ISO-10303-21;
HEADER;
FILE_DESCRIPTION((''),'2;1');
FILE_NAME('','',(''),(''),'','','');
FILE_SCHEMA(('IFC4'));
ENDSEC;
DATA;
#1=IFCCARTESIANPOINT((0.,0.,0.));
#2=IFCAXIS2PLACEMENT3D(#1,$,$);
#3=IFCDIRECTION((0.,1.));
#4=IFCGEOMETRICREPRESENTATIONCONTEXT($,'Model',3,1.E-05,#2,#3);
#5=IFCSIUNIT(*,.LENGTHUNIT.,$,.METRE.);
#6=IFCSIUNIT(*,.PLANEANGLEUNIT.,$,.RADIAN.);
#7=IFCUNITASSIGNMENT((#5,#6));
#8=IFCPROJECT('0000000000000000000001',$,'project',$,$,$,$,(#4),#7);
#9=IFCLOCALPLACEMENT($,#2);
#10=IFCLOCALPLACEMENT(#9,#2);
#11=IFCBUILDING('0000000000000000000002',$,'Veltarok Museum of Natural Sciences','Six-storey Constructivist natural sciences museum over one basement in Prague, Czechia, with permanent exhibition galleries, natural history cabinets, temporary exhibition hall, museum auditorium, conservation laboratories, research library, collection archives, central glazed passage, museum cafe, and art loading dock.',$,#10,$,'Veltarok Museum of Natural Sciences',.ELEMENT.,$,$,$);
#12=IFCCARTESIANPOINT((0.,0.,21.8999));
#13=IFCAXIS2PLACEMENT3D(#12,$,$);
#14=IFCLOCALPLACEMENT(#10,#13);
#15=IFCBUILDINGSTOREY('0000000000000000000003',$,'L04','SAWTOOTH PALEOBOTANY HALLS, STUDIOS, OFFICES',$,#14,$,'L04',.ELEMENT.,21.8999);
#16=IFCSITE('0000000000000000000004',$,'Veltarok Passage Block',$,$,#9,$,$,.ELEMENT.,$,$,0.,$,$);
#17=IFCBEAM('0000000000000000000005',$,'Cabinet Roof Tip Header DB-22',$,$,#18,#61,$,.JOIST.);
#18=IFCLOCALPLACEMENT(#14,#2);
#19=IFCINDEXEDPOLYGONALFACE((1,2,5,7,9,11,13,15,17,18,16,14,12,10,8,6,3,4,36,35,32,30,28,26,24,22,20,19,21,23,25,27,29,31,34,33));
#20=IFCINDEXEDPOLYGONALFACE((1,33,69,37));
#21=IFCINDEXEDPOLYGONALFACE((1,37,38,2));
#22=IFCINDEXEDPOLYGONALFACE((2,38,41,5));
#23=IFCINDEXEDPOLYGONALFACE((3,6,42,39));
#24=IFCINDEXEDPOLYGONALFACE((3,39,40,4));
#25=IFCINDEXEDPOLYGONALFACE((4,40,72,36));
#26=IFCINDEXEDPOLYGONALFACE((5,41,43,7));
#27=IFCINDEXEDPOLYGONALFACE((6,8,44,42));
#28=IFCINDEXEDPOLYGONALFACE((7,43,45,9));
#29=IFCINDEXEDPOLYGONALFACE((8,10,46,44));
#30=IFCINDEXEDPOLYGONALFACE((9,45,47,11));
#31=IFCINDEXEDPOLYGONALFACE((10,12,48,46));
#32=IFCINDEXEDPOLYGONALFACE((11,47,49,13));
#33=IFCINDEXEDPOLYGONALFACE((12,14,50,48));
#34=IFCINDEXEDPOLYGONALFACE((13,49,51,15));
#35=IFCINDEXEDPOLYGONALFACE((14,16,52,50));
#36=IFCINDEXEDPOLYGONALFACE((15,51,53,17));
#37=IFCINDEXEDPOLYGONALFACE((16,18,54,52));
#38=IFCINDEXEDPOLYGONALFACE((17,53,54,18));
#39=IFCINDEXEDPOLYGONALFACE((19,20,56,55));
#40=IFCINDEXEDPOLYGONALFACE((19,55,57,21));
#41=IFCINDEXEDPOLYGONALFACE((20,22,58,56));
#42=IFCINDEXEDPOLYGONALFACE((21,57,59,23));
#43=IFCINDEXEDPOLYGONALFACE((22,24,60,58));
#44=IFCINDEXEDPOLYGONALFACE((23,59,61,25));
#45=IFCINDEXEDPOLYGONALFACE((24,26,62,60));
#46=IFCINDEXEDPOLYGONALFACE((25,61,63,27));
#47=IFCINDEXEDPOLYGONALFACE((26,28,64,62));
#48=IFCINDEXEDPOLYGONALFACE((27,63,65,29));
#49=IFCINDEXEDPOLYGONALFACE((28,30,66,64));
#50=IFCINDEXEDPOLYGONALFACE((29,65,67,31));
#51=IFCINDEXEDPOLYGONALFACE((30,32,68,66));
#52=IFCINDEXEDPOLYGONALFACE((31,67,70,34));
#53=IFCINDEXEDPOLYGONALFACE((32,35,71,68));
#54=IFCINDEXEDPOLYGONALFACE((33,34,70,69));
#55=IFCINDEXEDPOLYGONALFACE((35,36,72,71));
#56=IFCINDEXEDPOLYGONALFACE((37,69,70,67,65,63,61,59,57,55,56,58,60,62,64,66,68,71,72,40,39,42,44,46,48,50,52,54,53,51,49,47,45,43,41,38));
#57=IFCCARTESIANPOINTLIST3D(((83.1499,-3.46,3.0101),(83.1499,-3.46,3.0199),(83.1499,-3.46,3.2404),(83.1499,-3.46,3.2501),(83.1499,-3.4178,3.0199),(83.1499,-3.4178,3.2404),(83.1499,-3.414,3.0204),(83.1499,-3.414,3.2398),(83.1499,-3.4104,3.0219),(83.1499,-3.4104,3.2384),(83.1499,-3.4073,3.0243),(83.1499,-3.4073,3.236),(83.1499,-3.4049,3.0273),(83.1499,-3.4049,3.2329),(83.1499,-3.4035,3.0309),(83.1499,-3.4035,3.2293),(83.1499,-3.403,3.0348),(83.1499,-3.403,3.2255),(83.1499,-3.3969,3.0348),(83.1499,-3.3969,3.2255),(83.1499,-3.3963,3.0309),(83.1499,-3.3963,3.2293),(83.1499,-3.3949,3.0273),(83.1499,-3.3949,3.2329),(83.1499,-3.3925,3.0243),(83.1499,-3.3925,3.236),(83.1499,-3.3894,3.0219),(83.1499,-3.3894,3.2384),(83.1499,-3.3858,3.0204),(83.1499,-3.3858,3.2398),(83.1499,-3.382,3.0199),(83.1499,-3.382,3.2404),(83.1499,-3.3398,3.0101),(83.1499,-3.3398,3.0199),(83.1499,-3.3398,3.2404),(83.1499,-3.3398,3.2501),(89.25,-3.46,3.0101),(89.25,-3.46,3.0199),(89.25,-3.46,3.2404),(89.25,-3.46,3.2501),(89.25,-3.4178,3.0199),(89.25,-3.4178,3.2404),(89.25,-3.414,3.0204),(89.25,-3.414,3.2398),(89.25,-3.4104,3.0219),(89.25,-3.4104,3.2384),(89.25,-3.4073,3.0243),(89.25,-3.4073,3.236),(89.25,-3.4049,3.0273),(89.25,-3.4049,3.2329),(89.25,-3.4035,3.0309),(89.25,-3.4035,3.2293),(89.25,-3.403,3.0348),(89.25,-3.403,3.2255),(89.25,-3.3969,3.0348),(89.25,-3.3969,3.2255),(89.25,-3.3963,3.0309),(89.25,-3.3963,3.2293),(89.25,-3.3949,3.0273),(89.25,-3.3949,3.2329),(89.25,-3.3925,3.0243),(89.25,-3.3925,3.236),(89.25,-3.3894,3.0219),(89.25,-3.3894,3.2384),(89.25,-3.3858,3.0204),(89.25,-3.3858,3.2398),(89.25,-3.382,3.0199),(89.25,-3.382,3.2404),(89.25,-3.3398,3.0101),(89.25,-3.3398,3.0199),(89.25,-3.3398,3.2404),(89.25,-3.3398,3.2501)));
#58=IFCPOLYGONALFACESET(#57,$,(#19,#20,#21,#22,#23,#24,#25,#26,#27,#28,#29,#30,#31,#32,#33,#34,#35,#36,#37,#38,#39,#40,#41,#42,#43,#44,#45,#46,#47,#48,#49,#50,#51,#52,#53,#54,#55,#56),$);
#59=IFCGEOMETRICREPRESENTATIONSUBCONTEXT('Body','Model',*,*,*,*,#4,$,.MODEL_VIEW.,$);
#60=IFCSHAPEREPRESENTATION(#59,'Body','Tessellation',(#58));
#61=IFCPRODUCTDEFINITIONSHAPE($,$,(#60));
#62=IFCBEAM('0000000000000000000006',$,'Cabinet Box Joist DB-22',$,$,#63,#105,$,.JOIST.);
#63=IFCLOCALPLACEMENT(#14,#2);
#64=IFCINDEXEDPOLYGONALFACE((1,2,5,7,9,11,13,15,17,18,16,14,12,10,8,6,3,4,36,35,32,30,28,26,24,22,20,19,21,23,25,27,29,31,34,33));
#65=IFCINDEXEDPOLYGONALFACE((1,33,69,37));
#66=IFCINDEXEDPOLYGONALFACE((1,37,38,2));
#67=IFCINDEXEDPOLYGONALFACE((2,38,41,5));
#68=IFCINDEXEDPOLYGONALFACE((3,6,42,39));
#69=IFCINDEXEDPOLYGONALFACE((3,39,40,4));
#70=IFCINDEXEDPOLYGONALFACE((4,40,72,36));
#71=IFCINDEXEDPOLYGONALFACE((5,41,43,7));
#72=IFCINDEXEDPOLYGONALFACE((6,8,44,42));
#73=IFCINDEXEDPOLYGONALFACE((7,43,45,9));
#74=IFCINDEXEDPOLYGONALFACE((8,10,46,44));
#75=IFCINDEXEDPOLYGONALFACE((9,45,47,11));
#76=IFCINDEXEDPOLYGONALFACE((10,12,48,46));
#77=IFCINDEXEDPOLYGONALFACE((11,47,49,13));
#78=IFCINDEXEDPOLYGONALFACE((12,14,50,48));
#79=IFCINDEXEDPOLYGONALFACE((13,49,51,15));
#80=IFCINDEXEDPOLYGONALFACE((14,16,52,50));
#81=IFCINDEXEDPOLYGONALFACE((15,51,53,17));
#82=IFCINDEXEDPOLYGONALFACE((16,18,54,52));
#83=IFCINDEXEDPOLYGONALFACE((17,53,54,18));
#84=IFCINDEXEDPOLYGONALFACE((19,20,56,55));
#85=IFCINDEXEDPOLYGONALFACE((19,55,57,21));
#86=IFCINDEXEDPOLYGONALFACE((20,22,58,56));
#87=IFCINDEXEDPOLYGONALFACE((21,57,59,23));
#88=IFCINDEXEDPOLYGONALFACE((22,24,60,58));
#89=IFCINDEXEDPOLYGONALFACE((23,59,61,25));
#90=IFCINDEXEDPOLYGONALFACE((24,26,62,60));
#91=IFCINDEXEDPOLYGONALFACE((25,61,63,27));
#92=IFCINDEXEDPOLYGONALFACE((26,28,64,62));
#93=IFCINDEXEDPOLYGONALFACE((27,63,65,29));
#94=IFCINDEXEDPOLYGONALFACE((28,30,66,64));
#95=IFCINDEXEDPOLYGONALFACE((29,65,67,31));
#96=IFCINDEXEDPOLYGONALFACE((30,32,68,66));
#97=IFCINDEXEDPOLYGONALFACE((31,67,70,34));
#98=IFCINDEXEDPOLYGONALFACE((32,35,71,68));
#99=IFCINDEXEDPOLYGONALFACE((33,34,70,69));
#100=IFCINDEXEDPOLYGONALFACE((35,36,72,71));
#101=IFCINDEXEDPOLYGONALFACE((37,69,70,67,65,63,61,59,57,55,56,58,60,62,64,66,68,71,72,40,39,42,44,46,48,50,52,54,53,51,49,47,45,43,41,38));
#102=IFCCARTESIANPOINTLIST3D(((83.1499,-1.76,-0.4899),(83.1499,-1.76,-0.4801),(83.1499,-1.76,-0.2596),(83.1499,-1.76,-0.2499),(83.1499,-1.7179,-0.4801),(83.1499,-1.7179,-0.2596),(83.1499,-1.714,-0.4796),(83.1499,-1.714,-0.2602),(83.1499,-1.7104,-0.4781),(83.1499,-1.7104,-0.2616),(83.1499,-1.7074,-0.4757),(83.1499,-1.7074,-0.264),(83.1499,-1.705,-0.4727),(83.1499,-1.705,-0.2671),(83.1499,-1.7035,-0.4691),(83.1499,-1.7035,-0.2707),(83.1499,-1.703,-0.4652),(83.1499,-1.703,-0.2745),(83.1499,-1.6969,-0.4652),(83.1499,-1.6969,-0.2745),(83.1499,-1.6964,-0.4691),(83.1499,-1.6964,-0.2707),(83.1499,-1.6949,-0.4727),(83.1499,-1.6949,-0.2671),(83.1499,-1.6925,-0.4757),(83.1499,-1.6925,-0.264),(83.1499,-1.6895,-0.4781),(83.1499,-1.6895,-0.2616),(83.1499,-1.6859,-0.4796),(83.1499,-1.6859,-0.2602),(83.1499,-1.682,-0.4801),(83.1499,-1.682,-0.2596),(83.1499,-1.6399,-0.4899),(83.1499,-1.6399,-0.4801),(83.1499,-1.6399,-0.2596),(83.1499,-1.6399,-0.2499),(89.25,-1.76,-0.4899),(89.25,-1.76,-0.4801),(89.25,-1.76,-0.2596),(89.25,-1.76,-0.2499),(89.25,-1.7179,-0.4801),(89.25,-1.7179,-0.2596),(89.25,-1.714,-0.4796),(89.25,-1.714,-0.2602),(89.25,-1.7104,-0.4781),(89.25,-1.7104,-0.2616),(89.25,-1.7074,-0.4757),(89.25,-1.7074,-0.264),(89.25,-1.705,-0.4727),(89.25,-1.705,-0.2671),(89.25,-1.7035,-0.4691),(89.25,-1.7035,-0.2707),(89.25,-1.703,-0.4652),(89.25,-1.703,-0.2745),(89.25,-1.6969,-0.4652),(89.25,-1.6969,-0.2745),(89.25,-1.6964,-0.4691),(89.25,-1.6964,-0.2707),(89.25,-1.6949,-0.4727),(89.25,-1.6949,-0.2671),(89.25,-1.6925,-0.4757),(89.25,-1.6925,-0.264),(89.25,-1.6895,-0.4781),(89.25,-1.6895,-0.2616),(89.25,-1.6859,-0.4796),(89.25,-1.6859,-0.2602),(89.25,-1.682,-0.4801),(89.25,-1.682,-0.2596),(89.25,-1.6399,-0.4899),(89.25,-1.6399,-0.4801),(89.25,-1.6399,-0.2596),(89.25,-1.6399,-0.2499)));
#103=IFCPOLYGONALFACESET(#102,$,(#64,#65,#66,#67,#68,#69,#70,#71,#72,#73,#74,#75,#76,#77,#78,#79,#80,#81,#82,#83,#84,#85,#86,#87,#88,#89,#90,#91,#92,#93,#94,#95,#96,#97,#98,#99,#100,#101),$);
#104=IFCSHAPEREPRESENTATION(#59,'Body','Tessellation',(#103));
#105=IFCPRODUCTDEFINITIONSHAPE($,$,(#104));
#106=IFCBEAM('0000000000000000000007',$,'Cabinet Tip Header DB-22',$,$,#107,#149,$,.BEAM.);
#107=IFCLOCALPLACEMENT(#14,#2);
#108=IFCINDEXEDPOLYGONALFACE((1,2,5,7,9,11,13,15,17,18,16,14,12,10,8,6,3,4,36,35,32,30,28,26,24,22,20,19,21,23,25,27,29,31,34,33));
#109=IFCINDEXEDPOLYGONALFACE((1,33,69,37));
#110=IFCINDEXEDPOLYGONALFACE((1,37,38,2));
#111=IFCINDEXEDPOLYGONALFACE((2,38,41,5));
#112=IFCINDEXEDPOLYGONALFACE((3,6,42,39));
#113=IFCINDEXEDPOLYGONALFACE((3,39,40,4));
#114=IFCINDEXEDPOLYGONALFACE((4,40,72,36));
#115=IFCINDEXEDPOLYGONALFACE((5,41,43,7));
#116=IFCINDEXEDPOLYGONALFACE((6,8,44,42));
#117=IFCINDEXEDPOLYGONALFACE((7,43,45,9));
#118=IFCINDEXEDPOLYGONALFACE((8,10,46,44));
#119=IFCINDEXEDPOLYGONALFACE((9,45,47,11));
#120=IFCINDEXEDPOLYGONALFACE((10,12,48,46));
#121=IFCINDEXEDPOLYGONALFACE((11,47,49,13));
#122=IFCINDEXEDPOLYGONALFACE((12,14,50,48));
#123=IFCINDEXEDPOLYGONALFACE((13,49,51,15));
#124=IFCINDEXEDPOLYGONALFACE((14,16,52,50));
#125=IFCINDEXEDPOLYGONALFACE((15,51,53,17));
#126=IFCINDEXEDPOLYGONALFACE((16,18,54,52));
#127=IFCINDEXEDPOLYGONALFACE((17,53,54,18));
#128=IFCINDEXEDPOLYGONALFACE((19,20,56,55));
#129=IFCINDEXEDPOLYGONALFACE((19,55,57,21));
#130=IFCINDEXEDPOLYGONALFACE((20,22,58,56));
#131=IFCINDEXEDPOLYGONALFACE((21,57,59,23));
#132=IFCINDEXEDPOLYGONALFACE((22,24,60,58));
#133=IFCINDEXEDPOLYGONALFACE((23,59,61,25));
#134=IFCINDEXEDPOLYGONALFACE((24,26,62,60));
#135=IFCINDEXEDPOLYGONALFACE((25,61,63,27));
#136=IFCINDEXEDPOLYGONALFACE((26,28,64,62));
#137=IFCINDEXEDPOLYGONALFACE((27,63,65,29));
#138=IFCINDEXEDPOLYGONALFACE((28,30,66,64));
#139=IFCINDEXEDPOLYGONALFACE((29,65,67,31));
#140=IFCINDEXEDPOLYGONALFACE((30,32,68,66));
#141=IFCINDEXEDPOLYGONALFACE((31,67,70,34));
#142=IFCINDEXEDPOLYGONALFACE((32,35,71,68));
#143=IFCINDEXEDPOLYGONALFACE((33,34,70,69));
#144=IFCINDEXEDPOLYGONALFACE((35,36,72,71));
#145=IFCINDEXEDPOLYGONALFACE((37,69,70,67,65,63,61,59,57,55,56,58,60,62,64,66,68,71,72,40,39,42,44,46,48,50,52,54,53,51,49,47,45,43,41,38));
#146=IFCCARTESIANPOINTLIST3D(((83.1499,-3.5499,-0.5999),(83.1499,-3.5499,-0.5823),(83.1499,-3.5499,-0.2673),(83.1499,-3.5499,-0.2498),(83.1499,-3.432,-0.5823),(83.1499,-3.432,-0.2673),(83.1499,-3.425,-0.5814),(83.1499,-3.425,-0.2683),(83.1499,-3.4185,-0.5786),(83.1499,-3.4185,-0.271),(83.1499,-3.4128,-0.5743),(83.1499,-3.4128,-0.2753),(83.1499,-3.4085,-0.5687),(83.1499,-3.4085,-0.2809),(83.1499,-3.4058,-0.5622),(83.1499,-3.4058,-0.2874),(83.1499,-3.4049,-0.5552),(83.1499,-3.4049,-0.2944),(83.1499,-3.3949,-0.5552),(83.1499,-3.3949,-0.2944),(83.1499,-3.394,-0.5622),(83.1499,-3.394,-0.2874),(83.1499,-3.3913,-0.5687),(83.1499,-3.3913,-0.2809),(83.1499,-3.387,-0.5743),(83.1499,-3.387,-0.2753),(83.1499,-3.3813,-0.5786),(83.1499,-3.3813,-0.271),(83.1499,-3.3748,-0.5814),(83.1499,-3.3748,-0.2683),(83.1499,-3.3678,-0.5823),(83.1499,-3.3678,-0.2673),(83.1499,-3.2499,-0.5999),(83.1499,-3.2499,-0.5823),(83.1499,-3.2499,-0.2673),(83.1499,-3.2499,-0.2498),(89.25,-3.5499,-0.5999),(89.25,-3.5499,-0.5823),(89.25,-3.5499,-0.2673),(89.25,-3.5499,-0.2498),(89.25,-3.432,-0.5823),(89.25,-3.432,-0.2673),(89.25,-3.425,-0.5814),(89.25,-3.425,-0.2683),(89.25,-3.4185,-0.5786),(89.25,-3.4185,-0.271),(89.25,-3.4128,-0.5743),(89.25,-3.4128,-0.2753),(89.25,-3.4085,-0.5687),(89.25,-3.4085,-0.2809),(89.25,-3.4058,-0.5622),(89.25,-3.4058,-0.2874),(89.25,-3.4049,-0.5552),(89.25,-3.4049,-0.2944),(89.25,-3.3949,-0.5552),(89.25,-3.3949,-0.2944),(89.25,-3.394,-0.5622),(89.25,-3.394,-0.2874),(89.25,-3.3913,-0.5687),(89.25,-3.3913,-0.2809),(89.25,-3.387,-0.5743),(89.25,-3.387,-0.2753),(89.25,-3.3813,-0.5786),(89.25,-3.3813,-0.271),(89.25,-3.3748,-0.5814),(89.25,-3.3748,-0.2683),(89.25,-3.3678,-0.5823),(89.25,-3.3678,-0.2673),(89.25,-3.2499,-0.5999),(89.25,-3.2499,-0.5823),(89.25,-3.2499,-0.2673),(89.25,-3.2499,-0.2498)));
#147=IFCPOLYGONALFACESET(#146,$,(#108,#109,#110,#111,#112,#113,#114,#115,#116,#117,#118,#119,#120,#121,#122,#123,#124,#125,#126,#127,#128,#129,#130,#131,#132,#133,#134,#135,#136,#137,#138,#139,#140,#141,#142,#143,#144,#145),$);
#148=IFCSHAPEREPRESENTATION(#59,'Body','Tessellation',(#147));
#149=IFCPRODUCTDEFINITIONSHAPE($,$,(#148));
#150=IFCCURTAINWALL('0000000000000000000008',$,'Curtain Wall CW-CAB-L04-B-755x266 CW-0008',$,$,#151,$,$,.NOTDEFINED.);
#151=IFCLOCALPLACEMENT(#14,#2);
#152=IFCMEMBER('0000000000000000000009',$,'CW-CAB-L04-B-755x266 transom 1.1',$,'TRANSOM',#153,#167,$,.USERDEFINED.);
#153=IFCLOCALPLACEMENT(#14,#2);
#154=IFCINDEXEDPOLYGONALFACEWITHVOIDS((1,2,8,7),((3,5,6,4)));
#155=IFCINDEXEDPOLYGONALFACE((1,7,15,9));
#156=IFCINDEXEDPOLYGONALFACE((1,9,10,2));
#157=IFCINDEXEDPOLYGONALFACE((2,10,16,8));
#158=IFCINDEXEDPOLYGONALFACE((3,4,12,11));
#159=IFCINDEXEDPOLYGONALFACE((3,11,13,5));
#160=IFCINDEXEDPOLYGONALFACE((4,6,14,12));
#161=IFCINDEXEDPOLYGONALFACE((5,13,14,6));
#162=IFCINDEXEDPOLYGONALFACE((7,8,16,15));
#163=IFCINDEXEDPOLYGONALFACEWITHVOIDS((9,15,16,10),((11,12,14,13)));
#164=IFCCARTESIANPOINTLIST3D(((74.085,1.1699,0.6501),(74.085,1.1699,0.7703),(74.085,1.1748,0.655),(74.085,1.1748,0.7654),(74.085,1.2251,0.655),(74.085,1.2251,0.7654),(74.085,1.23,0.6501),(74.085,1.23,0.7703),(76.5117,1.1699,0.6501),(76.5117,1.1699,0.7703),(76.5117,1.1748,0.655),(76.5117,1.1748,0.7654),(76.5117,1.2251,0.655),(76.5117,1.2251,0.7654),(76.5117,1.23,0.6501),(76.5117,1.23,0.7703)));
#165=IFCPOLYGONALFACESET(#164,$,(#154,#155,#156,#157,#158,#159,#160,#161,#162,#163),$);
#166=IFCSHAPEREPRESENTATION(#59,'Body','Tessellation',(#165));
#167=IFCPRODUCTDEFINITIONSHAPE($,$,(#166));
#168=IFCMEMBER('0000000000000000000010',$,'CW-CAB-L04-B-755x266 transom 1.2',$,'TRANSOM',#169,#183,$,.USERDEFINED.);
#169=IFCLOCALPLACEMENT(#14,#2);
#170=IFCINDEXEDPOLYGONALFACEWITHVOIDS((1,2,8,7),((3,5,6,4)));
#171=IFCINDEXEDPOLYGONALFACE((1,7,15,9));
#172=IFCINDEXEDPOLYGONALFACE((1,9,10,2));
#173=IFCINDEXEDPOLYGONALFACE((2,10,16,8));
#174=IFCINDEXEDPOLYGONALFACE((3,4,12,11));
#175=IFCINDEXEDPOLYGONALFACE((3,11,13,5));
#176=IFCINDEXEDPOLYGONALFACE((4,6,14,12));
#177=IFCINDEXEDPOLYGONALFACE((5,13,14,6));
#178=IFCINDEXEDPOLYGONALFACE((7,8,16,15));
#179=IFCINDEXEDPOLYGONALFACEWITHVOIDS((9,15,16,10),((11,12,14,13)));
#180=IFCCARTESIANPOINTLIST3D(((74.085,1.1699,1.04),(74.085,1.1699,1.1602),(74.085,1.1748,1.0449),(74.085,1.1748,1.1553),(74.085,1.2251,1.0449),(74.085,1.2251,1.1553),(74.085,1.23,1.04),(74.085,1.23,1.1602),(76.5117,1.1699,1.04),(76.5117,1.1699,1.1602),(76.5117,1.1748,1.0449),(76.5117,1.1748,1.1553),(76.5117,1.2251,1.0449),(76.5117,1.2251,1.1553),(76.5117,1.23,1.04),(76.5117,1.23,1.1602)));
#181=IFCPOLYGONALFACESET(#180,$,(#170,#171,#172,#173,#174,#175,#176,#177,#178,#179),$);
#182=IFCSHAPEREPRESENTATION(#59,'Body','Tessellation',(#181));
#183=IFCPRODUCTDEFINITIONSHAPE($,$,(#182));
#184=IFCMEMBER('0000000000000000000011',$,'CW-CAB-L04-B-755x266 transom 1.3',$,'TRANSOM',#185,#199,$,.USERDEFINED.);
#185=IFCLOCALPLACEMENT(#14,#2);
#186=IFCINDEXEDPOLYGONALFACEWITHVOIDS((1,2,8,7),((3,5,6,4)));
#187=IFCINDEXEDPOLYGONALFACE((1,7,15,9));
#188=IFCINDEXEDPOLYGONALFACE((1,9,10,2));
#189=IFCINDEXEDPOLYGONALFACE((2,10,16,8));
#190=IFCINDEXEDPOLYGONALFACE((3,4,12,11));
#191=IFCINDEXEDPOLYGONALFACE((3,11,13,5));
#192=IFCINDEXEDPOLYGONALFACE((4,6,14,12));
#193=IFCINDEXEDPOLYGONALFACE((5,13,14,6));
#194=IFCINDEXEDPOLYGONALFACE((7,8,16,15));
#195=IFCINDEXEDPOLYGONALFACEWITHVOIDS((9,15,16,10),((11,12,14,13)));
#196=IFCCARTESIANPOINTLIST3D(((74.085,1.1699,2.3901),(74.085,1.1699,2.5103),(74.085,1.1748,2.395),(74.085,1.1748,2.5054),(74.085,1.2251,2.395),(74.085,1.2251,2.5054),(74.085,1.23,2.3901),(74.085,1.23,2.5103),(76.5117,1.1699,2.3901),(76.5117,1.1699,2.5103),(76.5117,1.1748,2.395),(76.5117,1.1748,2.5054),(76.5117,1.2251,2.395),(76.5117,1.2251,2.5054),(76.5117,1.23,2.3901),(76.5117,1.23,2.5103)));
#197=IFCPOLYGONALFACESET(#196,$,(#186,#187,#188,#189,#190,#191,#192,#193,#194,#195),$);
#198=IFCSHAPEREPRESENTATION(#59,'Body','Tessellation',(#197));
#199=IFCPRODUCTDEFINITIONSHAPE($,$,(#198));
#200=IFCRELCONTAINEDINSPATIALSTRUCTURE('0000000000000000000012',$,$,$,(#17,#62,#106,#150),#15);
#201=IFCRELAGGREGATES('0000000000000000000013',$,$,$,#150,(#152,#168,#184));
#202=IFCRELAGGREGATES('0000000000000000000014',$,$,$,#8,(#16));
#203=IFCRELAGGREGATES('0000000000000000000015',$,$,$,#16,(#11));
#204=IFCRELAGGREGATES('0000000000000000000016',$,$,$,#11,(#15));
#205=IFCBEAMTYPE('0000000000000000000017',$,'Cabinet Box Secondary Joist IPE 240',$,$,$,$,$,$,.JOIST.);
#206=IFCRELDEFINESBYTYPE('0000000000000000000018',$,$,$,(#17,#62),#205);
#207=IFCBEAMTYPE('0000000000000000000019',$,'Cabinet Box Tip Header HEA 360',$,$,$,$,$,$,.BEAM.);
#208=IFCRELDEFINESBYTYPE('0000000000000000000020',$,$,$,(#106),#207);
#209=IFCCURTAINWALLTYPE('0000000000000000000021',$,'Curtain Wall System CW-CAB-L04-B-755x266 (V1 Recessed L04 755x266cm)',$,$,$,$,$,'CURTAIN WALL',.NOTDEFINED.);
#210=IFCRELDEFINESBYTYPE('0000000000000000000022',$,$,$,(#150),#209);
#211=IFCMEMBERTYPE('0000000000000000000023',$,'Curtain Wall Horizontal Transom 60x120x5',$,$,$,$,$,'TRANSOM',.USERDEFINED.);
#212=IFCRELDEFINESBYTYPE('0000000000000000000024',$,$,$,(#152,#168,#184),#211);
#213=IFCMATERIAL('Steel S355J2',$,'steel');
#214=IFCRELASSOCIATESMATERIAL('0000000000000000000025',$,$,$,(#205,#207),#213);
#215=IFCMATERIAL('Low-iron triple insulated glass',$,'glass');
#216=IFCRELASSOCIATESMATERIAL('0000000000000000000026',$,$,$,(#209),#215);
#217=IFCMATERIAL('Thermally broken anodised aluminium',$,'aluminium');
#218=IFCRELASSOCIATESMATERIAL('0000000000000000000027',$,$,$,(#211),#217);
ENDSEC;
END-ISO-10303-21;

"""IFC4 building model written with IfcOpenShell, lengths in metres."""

from ifc_helpers import new_model, si_unit, direction, frame, origin, origin_2d, place, context, subcontext, project, spatial, hollow_rectangle, i_section, extrude, material, material_profile, profile_set, type_object, element, aggregate, save


model = new_model("IFC4")

# Units and contexts
model_context = context("Model", 3, precision=1e-05, world=origin(), true_north=direction((0.0, 1.0)))
body_context = subcontext(model_context, "Body", "Model", "MODEL_VIEW")
ifc_project = project(units=[si_unit("LENGTHUNIT", "METRE"), si_unit("PLANEANGLEUNIT", "RADIAN")], contexts=[model_context])

# Site, building, storey
site_placement = place(None, origin())
site = spatial("IfcSite", under=ifc_project, at=site_placement, Name="Veltarok Passage Block", CompositionType="ELEMENT", RefElevation=0.0)
building_placement = place(site_placement, origin())
building = spatial("IfcBuilding", under=site, at=building_placement, Name="Veltarok Museum of Natural Sciences", Description="Six-storey Constructivist natural sciences museum over one basement in Prague, Czechia, with permanent exhibition galleries, natural history cabinets, temporary exhibition hall, museum auditorium, conservation laboratories, research library, collection archives, central glazed passage, museum cafe, and art loading dock.", LongName="Veltarok Museum of Natural Sciences", CompositionType="ELEMENT")
storey_placement = place(building_placement, frame((0.0, 0.0, 21.8999)))
storey = spatial("IfcBuildingStorey", under=building, at=storey_placement, Name="L04", Description="SAWTOOTH PALEOBOTANY HALLS, STUDIOS, OFFICES", LongName="L04", CompositionType="ELEMENT", Elevation=21.8999)

# Beams
ifc_material_1 = material(Name="Steel S355J2", Category="steel")
ifc_material_profile_1 = material_profile(ifc_material_1, i_section(OverallWidth=0.1201, OverallDepth=0.24, WebThickness=0.0061, FlangeThickness=0.0098, FilletRadius=0.0149, at=origin_2d()), Name="IPE 240")
ifc_profile_set_1 = profile_set([ifc_material_profile_1], Name="Steel S355J2")
beam_type_1 = type_object("IfcBeamType", Name="Cabinet Box Secondary Joist IPE 240", PredefinedType="JOIST", material=ifc_profile_set_1)
for number, where, z_axis, x_axis, name in (
    (1, (83.1499, -3.3999, 3.1301), (1.0, 0.0, 0.0), (0.0, 1.0, 0.0), "Cabinet Roof Tip Header DB-22"),
    (2, (83.1499, -1.7, -0.3699), (1.0, 0.0, 0.0), (0.0, 1.0, 0.0), "Cabinet Box Joist DB-22"),
):
    element("IfcBeam", number, at=place(storey_placement, frame(where, z_axis=z_axis, x_axis=x_axis)), inside=storey, type_object=beam_type_1, Name=name, PredefinedType="JOIST", context=body_context, shape_type="SweptSolid", body=[
        extrude(i_section(OverallWidth=0.1201, OverallDepth=0.24, WebThickness=0.0061, FlangeThickness=0.0098, FilletRadius=0.0149, at=origin_2d()), origin(), (0.0, 0.0, 1.0), 6.1001),
    ])
ifc_material_profile_2 = material_profile(ifc_material_1, i_section(OverallWidth=0.3, OverallDepth=0.3501, WebThickness=0.01, FlangeThickness=0.0176, FilletRadius=0.0271, at=origin_2d()), Name="HEA 360")
ifc_profile_set_2 = profile_set([ifc_material_profile_2], Name="Steel S355J2")
beam_type_2 = type_object("IfcBeamType", Name="Cabinet Box Tip Header HEA 360", PredefinedType="BEAM", material=ifc_profile_set_2)
beam_1_placement = place(storey_placement, frame((83.1499, -3.3999, -0.4248), z_axis=(1.0, 0.0, 0.0), x_axis=(0.0, 1.0, 0.0)))
element("IfcBeam", 3, at=beam_1_placement, inside=storey, type_object=beam_type_2, Name="Cabinet Tip Header DB-22", PredefinedType="BEAM", context=body_context, shape_type="SweptSolid", body=[
    extrude(i_section(OverallWidth=0.3, OverallDepth=0.3501, WebThickness=0.01, FlangeThickness=0.0176, FilletRadius=0.0271, at=origin_2d()), origin(), (0.0, 0.0, 1.0), 6.1001),
])

# Curtain wall, members
ifc_material_2 = material(Name="Low-iron triple insulated glass", Category="glass")
curtain_wall_type = type_object("IfcCurtainWallType", Name="Curtain Wall System CW-CAB-L04-B-755x266 (V1 Recessed L04 755x266cm)", ElementType="CURTAIN WALL", PredefinedType="NOTDEFINED", material=ifc_material_2)
curtain_wall_placement = place(storey_placement, origin())
curtain_wall = element("IfcCurtainWall", 4, at=curtain_wall_placement, inside=storey, type_object=curtain_wall_type, Name="Curtain Wall CW-CAB-L04-B-755x266 CW-0008", PredefinedType="NOTDEFINED")
ifc_material_3 = material(Name="Thermally broken anodised aluminium", Category="aluminium")
ifc_material_profile_3 = material_profile(ifc_material_3, hollow_rectangle(XDim=0.0601, YDim=0.1201, WallThickness=0.0049, at=origin_2d()), Name="CW TRANSOM 60x120x5")
ifc_profile_set_3 = profile_set([ifc_material_profile_3], Name="Thermally broken anodised aluminium")
member_type_1 = type_object("IfcMemberType", Name="Curtain Wall Horizontal Transom 60x120x5", ElementType="TRANSOM", PredefinedType="USERDEFINED", material=ifc_profile_set_3)
member_1_placement = place(storey_placement, frame((74.085, 1.2, 0.7102), z_axis=(1.0, 0.0, 0.0), x_axis=(0.0, 1.0, 0.0)))
member_1 = element("IfcMember", 5, at=member_1_placement, type_object=member_type_1, Name="CW-CAB-L04-B-755x266 transom 1.1", ObjectType="TRANSOM", PredefinedType="USERDEFINED", context=body_context, shape_type="SweptSolid", body=[
    extrude(hollow_rectangle(XDim=0.0601, YDim=0.1201, WallThickness=0.0049, at=origin_2d()), origin(), (0.0, 0.0, 1.0), 2.4268),
])
member_2_placement = place(storey_placement, frame((74.085, 1.2, 1.1001), z_axis=(1.0, 0.0, 0.0), x_axis=(0.0, 1.0, 0.0)))
member_2 = element("IfcMember", 6, at=member_2_placement, type_object=member_type_1, Name="CW-CAB-L04-B-755x266 transom 1.2", ObjectType="TRANSOM", PredefinedType="USERDEFINED", context=body_context, shape_type="SweptSolid", body=[
    extrude(hollow_rectangle(XDim=0.0601, YDim=0.1201, WallThickness=0.0049, at=origin_2d()), origin(), (0.0, 0.0, 1.0), 2.4268),
])
member_3_placement = place(storey_placement, frame((74.085, 1.2, 2.4502), z_axis=(1.0, 0.0, 0.0), x_axis=(0.0, 1.0, 0.0)))
member_3 = element("IfcMember", 7, at=member_3_placement, type_object=member_type_1, Name="CW-CAB-L04-B-755x266 transom 1.3", ObjectType="TRANSOM", PredefinedType="USERDEFINED", context=body_context, shape_type="SweptSolid", body=[
    extrude(hollow_rectangle(XDim=0.0601, YDim=0.1201, WallThickness=0.0049, at=origin_2d()), origin(), (0.0, 0.0, 1.0), 2.4268),
])

aggregate(curtain_wall, [member_1, member_2, member_3])

save(model, "model.ifc")
